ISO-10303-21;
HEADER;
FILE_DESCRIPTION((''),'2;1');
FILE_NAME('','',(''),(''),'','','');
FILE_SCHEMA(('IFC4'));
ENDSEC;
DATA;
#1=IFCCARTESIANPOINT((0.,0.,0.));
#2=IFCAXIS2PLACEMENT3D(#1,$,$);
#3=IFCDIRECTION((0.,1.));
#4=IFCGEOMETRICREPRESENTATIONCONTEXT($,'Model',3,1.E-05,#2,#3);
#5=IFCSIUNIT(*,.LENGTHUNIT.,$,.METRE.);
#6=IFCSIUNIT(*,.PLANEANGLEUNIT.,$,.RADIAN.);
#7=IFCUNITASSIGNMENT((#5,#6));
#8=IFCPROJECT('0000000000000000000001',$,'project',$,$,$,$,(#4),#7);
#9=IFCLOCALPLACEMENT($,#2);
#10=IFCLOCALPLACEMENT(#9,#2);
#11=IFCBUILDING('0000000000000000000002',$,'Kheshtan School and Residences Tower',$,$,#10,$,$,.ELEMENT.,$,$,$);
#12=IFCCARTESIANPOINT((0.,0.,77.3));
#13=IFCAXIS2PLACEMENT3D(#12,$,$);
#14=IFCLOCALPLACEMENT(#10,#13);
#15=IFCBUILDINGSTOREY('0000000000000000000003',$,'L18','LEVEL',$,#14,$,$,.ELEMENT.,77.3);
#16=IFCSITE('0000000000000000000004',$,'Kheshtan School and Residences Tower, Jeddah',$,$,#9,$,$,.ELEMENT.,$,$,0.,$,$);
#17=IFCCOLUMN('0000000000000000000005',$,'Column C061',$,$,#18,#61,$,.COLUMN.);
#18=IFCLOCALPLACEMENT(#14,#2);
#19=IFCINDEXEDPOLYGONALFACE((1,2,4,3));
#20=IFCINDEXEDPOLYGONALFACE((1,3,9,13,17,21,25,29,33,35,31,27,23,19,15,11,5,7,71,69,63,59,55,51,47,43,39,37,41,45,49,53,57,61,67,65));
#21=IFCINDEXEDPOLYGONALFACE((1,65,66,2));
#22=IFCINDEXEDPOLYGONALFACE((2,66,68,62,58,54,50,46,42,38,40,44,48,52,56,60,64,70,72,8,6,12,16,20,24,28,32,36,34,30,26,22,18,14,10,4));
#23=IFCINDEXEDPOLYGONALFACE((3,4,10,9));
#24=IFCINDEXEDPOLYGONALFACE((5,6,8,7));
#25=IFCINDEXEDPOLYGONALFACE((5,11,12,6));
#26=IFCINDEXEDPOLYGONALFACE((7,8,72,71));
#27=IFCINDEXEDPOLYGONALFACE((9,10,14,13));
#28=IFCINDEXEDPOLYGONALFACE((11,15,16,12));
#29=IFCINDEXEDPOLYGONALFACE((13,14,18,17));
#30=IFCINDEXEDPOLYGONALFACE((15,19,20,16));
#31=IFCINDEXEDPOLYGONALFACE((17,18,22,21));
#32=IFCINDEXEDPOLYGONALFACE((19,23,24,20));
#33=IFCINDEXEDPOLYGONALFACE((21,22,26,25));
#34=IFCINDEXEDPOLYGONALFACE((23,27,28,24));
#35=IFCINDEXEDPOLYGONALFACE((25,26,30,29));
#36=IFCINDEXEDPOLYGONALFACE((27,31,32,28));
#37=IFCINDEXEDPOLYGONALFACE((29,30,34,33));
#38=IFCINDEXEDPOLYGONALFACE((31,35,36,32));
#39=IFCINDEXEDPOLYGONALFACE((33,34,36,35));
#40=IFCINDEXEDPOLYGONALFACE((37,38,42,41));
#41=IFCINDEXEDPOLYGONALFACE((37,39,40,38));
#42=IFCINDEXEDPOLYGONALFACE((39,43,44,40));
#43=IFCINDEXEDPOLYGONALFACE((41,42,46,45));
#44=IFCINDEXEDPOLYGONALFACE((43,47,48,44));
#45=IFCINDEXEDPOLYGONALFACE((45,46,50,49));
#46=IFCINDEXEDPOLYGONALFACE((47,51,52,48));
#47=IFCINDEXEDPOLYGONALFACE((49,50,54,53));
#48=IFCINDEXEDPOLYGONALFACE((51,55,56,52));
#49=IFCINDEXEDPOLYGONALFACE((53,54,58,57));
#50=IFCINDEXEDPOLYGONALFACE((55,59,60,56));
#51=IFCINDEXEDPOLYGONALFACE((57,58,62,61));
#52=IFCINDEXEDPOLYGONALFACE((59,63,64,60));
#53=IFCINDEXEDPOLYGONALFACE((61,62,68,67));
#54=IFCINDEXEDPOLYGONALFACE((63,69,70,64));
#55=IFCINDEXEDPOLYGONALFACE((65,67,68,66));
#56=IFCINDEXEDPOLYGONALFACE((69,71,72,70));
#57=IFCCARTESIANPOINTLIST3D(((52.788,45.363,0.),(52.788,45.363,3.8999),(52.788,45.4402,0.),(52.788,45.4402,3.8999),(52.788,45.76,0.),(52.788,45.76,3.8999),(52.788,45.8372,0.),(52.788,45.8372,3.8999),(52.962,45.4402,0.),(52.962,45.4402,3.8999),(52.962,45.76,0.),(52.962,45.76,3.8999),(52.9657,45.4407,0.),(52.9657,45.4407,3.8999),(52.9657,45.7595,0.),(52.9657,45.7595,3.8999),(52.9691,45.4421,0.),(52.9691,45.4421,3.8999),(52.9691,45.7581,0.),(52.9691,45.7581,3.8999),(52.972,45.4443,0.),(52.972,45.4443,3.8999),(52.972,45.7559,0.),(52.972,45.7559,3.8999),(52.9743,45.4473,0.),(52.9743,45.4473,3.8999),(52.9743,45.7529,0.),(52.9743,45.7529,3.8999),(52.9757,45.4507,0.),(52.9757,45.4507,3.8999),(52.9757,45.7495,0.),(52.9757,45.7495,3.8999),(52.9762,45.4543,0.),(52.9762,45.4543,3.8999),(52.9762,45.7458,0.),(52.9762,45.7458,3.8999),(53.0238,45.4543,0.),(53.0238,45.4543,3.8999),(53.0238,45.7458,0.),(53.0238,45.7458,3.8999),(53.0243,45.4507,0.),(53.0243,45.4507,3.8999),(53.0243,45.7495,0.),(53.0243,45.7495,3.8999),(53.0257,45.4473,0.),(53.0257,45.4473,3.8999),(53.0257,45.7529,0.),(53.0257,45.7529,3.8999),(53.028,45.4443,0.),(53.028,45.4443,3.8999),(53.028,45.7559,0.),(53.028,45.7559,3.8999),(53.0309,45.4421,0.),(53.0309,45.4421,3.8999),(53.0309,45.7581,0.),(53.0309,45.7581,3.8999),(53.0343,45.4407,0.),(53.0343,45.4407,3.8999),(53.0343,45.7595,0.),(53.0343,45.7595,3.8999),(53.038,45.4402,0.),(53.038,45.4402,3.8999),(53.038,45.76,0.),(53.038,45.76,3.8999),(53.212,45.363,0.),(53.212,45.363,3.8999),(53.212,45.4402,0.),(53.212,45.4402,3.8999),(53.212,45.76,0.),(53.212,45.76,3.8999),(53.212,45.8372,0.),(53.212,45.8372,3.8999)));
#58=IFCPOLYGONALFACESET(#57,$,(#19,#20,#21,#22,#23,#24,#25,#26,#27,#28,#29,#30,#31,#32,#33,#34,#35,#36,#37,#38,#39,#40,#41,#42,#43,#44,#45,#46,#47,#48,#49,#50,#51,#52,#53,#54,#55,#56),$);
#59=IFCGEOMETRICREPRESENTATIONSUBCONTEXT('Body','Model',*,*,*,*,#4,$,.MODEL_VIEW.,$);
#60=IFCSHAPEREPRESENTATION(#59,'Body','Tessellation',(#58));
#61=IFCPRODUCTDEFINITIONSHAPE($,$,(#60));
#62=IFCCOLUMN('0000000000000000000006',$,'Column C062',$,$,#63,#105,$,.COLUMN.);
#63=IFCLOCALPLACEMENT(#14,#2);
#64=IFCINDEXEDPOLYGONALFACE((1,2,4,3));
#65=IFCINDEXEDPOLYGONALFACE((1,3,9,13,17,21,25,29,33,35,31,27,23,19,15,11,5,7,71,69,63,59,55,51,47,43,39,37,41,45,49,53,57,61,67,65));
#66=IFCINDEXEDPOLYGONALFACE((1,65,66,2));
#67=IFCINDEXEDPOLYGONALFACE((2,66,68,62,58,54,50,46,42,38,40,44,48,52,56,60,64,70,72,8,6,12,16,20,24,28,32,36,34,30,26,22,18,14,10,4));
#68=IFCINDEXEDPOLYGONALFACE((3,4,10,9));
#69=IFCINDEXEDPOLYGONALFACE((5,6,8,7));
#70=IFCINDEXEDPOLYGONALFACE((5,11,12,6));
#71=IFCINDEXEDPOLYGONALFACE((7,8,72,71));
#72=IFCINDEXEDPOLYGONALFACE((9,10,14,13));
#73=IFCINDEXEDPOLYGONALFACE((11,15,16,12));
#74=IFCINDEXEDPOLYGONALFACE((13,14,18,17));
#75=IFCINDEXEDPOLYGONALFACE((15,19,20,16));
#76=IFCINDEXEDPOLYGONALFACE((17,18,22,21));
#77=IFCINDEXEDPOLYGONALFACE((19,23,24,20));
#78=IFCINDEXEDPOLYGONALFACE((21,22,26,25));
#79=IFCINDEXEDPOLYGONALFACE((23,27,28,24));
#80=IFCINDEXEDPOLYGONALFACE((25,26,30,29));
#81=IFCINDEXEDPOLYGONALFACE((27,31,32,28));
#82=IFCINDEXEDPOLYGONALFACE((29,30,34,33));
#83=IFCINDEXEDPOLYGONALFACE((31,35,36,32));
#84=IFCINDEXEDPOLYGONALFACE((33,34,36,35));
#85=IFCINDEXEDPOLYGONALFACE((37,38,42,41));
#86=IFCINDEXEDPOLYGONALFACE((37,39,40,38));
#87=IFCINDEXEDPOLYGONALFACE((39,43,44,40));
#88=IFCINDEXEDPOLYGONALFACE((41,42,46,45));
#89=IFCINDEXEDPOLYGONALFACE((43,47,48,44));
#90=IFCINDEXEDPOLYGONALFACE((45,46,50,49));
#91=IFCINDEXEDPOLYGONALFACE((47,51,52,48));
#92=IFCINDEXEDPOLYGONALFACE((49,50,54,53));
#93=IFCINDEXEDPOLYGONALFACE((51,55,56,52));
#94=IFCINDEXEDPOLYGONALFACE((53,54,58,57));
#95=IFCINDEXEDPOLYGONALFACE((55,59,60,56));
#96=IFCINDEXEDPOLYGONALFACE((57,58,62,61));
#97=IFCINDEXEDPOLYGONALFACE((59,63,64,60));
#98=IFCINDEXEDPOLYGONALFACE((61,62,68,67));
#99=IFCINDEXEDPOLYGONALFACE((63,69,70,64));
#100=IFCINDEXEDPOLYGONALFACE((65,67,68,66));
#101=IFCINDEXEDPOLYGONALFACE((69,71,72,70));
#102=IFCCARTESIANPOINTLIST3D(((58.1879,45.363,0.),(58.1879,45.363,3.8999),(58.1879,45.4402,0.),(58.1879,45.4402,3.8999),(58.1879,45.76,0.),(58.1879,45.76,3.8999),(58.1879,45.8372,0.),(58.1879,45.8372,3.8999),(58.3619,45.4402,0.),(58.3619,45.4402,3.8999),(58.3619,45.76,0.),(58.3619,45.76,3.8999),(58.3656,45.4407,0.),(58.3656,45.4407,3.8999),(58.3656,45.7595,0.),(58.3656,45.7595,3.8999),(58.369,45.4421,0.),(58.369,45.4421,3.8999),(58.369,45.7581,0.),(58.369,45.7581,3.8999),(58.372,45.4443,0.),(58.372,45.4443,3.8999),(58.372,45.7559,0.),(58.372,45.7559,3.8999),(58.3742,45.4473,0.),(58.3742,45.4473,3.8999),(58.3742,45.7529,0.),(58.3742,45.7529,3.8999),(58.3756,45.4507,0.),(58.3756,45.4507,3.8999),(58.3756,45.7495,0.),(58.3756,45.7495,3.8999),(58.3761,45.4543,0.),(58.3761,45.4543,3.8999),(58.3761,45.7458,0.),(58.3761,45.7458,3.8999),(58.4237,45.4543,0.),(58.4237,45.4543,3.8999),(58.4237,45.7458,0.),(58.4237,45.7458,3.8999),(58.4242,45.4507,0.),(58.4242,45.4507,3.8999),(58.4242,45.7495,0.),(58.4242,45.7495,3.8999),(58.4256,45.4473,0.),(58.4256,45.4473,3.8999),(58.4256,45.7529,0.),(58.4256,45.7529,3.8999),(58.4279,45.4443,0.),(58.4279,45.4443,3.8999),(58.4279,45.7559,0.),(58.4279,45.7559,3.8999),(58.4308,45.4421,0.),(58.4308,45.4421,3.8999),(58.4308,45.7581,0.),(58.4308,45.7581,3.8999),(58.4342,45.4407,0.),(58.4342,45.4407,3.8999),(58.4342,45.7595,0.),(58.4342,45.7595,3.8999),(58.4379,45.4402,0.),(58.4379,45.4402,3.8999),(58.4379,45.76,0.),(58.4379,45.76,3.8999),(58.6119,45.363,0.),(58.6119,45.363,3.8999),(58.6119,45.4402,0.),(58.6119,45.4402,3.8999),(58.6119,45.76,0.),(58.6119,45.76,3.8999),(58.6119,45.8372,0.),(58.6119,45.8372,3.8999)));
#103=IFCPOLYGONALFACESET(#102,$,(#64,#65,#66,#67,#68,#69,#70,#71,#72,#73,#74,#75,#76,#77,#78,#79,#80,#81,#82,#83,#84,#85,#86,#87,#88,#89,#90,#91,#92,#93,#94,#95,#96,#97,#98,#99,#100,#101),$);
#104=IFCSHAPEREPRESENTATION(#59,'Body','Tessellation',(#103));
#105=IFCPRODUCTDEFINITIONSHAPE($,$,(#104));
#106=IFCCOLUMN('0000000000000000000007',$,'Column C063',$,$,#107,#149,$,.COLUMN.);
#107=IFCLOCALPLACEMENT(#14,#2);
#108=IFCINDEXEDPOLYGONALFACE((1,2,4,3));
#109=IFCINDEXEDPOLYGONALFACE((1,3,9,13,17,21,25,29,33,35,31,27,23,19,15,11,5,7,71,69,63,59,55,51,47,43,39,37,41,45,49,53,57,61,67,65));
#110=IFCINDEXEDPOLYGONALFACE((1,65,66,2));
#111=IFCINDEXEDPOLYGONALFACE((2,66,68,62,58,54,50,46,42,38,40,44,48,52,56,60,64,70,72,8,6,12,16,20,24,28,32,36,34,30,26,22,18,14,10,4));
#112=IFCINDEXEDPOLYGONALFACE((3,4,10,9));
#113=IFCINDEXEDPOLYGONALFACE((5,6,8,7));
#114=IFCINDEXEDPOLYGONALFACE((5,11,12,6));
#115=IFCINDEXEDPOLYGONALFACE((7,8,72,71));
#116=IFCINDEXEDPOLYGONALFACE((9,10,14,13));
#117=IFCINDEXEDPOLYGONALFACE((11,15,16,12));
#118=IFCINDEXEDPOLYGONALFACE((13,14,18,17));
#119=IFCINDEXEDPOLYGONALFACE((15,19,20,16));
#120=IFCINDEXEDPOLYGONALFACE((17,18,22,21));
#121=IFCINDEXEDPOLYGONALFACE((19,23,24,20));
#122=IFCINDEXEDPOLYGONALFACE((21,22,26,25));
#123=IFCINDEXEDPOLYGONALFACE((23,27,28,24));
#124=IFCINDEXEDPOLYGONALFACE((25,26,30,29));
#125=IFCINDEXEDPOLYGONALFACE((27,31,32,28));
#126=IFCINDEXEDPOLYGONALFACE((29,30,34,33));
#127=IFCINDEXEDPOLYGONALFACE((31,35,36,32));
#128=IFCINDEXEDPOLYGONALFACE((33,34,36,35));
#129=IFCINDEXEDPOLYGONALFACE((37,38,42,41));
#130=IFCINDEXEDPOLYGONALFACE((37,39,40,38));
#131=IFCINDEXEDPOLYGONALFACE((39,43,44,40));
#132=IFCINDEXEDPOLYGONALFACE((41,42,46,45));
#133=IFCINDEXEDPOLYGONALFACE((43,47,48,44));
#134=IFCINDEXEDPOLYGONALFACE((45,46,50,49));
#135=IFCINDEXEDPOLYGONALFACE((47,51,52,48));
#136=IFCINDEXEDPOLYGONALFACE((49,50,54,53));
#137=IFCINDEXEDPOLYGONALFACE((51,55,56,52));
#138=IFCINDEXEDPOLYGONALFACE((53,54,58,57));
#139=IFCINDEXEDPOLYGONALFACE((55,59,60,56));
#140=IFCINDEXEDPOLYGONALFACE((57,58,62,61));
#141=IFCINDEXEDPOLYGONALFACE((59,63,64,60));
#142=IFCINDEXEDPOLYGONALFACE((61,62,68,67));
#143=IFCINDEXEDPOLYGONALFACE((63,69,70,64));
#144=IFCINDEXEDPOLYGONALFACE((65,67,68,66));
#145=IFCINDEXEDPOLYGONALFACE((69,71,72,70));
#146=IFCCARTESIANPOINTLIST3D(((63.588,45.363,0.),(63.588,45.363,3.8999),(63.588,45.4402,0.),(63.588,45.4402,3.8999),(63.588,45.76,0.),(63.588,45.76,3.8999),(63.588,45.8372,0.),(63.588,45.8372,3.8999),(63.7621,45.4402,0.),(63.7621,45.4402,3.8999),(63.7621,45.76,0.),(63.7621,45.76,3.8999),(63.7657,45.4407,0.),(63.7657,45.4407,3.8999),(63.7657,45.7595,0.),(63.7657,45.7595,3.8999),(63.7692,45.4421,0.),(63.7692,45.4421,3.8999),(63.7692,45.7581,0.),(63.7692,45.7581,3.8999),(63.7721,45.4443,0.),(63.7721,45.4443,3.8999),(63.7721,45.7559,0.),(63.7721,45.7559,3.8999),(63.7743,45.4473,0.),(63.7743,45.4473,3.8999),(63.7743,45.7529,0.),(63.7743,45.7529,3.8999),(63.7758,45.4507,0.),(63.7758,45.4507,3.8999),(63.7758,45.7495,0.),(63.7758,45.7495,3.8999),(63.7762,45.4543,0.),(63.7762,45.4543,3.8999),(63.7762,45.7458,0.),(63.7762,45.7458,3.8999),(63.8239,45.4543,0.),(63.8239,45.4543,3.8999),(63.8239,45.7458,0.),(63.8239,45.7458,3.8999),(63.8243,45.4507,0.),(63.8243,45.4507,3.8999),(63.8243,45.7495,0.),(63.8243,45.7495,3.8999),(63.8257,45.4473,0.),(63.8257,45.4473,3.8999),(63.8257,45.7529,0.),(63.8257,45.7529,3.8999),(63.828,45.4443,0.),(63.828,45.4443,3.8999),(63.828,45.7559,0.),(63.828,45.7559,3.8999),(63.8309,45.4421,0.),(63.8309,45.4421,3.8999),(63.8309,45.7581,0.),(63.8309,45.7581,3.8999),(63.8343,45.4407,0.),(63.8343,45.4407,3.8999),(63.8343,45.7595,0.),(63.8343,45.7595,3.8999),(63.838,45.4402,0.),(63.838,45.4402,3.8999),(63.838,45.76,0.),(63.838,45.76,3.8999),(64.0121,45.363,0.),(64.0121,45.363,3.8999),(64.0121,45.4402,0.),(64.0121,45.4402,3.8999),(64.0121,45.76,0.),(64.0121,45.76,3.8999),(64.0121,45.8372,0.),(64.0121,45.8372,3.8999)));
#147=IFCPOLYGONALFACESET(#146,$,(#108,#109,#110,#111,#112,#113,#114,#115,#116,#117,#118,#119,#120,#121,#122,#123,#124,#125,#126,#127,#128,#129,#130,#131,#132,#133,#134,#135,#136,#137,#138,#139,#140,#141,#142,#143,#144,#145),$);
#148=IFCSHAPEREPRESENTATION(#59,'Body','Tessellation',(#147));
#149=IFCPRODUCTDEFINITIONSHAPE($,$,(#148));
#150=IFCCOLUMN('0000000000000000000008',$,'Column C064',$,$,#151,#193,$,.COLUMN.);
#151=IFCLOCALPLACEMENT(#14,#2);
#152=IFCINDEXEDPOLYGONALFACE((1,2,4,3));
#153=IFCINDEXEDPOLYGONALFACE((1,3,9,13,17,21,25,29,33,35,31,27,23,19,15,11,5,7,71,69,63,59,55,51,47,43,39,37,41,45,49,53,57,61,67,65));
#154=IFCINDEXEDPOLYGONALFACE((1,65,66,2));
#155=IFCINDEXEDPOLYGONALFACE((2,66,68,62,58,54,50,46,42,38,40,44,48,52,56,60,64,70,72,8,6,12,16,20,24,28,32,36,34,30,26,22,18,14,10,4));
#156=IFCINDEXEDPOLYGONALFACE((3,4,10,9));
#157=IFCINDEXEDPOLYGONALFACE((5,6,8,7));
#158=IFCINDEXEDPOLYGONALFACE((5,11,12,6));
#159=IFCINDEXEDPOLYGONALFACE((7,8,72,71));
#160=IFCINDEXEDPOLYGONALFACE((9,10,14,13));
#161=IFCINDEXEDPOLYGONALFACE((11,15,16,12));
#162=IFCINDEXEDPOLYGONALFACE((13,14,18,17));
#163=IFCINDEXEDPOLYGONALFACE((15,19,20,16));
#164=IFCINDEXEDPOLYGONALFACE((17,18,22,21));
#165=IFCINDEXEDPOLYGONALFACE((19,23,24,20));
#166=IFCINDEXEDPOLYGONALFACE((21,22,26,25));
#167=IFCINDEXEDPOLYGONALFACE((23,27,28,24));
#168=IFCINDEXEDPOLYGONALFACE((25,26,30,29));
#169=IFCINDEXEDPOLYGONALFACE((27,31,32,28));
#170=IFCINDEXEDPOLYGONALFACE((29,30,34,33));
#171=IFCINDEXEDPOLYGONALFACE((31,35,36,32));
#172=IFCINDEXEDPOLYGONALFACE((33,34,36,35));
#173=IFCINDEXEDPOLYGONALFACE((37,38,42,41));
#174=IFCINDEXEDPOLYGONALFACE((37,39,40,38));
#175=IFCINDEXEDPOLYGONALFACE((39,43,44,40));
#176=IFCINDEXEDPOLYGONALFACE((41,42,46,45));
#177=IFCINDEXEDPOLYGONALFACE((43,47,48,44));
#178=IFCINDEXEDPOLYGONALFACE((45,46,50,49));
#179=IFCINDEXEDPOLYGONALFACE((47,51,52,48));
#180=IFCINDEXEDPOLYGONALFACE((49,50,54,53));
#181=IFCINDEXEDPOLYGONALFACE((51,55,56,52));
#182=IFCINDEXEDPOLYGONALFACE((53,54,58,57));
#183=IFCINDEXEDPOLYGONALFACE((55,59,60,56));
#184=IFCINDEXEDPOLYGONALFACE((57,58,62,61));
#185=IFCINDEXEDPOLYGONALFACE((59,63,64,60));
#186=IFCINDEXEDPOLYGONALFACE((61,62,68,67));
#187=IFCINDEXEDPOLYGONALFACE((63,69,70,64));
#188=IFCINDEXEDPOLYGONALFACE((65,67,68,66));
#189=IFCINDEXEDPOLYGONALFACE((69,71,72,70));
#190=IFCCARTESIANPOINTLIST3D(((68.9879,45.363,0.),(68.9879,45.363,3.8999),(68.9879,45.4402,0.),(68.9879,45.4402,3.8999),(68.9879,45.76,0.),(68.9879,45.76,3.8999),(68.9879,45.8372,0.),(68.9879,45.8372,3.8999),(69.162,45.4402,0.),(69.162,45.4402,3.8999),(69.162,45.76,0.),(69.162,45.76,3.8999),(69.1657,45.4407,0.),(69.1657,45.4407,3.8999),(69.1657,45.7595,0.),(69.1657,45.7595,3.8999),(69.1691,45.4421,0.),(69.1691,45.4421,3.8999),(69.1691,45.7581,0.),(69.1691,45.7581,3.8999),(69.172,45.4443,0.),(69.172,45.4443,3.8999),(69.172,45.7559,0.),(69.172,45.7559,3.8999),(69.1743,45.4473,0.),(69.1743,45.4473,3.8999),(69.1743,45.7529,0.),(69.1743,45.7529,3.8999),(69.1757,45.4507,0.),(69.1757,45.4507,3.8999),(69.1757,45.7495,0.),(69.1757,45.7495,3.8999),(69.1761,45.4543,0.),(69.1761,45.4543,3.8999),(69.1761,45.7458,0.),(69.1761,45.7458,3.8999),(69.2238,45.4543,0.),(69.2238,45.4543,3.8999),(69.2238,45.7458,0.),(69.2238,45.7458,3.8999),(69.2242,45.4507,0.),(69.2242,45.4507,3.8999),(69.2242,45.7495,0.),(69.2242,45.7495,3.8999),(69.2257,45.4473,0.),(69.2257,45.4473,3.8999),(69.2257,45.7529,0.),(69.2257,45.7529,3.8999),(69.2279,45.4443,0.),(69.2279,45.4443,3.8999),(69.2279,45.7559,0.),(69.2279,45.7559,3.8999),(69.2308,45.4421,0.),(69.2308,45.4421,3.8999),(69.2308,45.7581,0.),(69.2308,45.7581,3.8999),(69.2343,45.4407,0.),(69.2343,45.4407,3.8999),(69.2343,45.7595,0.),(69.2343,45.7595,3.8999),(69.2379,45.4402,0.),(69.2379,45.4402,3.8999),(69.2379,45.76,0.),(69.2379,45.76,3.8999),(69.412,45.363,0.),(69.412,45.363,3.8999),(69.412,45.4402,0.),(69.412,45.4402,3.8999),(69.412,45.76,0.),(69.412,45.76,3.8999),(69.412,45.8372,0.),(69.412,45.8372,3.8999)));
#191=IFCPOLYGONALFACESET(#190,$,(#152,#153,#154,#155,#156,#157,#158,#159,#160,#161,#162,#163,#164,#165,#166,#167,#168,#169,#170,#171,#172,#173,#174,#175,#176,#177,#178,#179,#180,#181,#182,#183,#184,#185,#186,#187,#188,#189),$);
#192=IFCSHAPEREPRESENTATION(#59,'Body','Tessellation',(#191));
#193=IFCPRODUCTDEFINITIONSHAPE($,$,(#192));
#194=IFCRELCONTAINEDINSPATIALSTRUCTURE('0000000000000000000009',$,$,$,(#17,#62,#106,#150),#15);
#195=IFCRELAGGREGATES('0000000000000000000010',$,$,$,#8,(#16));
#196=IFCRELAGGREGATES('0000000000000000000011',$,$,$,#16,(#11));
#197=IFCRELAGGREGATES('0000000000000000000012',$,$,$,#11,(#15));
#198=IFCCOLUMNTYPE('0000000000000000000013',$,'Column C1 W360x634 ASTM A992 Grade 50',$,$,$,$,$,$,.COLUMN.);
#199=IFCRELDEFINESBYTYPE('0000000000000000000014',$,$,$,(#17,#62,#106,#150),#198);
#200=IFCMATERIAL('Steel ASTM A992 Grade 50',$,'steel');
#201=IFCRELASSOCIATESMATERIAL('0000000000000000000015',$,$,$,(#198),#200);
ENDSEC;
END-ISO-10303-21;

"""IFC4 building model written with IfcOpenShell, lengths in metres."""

from ifc_helpers import new_model, si_unit, direction, frame, origin, origin_2d, place, context, subcontext, project, spatial, i_section, extrude, material, material_profile, profile_set, type_object, element, save


model = new_model("IFC4")

# Units and contexts
model_context = context("Model", 3, precision=1e-05, world=origin(), true_north=direction((0.0, 1.0)))
body_context = subcontext(model_context, "Body", "Model", "MODEL_VIEW")
ifc_project = project(units=[si_unit("LENGTHUNIT", "METRE"), si_unit("PLANEANGLEUNIT", "RADIAN")], contexts=[model_context])

# Site, building, storey
site_placement = place(None, origin())
site = spatial("IfcSite", under=ifc_project, at=site_placement, Name="Kheshtan School and Residences Tower, Jeddah", CompositionType="ELEMENT", RefElevation=0.0)
building_placement = place(site_placement, origin())
building = spatial("IfcBuilding", under=site, at=building_placement, Name="Kheshtan School and Residences Tower", CompositionType="ELEMENT")
storey_placement = place(building_placement, frame((0.0, 0.0, 77.3)))
storey = spatial("IfcBuildingStorey", under=building, at=storey_placement, Name="L18", Description="LEVEL", CompositionType="ELEMENT", Elevation=77.3)

# Columns
ifc_material_1 = material(Name="Steel ASTM A992 Grade 50", Category="steel")
ifc_material_profile_1 = material_profile(ifc_material_1, i_section(OverallWidth=0.4241, OverallDepth=0.4741, WebThickness=0.0476, FlangeThickness=0.0771, FilletRadius=0.0142, at=origin_2d()), Name="W360x634")
ifc_profile_set_1 = profile_set([ifc_material_profile_1], Name="Steel ASTM A992 Grade 50")
column_type = type_object("IfcColumnType", Name="Column C1 W360x634 ASTM A992 Grade 50", PredefinedType="COLUMN", material=ifc_profile_set_1)
for number, where, z_axis, x_axis, name in (
    (1, (53.0, 45.6001, 0.0), (0.0, 0.0, 1.0), (1.0, 0.0, 0.0), "Column C061"),
    (2, (58.3999, 45.6001, 0.0), (0.0, 0.0, 1.0), (1.0, 0.0, 0.0), "Column C062"),
    (3, (63.8, 45.6001, 0.0), (0.0, 0.0, 1.0), (1.0, 0.0, 0.0), "Column C063"),
    (4, (69.2, 45.6001, 0.0), (0.0, 0.0, 1.0), (1.0, 0.0, 0.0), "Column C064"),
):
    element("IfcColumn", number, at=place(storey_placement, frame(where, z_axis=z_axis, x_axis=x_axis)), inside=storey, type_object=column_type, Name=name, PredefinedType="COLUMN", context=body_context, shape_type="SweptSolid", body=[
        extrude(i_section(OverallWidth=0.4241, OverallDepth=0.4741, WebThickness=0.0476, FlangeThickness=0.0771, FilletRadius=0.0142, at=origin_2d()), origin(), (0.0, 0.0, 1.0), 3.8999),
    ])

save(model, "model.ifc")
